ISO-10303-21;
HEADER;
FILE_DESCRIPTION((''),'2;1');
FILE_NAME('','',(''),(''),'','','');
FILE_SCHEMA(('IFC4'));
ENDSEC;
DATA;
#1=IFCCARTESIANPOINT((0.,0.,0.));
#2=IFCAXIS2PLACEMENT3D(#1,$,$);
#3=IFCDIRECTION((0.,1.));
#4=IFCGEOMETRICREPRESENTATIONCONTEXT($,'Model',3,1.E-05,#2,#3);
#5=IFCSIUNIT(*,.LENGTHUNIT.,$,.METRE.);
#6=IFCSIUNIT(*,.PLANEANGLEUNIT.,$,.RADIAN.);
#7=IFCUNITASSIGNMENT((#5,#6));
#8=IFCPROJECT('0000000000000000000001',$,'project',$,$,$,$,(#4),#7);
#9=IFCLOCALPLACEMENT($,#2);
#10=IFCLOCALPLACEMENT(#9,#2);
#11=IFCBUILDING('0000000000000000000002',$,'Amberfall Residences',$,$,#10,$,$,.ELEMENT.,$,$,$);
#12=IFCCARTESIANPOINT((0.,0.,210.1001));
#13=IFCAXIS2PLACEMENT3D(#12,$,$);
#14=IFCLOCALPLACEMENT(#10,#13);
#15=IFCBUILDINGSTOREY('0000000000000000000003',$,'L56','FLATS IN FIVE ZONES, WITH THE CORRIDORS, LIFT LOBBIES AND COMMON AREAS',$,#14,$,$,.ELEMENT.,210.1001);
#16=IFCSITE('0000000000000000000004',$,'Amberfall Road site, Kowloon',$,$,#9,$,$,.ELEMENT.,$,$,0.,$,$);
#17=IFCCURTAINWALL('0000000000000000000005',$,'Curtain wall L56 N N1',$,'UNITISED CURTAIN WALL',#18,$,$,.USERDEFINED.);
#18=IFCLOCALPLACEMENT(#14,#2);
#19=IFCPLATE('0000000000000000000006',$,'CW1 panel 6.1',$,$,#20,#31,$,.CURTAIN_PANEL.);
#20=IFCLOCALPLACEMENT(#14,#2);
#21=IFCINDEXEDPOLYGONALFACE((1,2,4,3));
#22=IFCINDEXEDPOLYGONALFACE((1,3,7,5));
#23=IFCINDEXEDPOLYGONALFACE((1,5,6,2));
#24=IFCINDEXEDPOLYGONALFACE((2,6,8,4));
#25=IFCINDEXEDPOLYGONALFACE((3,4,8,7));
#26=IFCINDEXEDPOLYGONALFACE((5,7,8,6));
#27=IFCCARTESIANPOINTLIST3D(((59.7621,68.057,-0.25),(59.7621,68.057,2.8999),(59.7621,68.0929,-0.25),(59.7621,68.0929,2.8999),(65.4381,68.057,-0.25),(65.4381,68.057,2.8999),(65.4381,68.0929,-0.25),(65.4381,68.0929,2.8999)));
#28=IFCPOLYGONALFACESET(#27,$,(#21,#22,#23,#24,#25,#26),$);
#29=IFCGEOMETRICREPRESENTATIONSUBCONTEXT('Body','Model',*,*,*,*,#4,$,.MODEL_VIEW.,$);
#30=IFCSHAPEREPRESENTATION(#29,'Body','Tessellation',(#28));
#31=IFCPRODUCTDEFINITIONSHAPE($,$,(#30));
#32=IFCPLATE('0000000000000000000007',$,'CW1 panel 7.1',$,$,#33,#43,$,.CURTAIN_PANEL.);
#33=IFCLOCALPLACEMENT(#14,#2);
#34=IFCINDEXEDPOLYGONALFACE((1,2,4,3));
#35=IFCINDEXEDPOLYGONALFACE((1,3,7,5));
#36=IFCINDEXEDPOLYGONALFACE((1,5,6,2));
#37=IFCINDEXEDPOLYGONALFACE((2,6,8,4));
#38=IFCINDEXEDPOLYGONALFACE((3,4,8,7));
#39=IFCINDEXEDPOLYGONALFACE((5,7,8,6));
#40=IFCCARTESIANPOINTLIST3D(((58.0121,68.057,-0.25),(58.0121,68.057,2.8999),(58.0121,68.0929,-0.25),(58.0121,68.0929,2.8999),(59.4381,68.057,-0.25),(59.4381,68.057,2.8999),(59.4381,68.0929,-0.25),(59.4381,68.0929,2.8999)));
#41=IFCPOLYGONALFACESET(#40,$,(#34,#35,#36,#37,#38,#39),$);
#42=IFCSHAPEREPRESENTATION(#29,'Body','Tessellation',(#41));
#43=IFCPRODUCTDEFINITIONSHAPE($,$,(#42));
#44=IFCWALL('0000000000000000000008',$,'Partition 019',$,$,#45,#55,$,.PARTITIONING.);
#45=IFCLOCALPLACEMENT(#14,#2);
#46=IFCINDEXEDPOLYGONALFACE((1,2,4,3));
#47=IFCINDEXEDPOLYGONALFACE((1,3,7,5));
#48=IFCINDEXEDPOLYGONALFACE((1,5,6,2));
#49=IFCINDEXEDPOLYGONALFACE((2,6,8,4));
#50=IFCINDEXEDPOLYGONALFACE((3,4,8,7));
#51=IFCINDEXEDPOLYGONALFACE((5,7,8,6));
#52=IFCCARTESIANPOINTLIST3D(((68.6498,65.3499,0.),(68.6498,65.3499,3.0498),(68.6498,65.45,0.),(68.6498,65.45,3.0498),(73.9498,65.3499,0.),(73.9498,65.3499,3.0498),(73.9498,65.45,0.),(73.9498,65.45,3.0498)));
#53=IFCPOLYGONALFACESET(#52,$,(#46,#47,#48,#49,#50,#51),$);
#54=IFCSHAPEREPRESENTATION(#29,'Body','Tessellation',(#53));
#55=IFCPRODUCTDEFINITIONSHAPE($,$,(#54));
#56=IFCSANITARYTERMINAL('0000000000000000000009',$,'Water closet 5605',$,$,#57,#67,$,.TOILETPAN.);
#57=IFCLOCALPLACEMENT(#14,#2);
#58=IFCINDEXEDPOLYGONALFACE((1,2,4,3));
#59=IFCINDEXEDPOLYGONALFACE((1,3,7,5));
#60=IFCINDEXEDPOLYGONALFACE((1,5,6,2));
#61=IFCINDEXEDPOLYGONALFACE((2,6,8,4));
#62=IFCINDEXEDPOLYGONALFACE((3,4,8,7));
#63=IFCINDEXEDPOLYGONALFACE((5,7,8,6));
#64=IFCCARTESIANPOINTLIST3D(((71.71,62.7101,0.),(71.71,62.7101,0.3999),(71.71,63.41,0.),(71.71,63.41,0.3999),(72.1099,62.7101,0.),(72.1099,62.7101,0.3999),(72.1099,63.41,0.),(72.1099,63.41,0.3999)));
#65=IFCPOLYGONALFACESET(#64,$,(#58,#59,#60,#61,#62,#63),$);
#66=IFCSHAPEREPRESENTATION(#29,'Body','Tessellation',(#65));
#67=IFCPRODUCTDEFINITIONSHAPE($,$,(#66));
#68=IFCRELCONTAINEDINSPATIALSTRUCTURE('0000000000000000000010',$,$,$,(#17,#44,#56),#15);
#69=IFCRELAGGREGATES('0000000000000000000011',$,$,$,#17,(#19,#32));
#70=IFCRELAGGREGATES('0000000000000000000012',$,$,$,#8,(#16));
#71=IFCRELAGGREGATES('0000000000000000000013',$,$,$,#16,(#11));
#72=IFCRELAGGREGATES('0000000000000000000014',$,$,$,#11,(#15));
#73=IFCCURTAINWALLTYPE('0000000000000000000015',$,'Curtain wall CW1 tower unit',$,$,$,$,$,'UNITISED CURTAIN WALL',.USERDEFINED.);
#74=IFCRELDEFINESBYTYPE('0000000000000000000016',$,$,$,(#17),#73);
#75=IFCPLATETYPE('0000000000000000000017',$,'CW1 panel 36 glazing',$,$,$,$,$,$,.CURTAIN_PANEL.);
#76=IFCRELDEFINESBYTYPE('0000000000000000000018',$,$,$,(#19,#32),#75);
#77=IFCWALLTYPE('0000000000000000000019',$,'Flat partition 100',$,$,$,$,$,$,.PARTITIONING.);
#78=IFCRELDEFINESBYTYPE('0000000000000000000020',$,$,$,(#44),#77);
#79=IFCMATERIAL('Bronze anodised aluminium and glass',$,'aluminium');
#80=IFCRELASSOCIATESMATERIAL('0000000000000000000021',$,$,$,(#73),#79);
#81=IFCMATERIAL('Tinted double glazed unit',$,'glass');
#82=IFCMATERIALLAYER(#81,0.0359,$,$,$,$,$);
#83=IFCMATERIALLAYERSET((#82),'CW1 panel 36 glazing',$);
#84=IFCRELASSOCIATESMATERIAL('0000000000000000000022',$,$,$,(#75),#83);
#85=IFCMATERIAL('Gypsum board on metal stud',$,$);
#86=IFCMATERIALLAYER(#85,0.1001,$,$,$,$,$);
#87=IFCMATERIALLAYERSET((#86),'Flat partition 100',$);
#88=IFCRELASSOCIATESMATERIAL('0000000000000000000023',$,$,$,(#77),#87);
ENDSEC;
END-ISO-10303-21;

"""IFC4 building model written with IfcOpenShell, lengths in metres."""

from ifc_helpers import new_model, si_unit, direction, frame, frame_2d, origin, origin_2d, place, context, subcontext, project, spatial, rectangle, extrude, material, layer, layer_set, type_object, element, aggregate, save


model = new_model("IFC4")

# Units and contexts
model_context = context("Model", 3, precision=1e-05, world=origin(), true_north=direction((0.0, 1.0)))
body_context = subcontext(model_context, "Body", "Model", "MODEL_VIEW")
ifc_project = project(units=[si_unit("LENGTHUNIT", "METRE"), si_unit("PLANEANGLEUNIT", "RADIAN")], contexts=[model_context])

# Site, building, storey
site_placement = place(None, origin())
site = spatial("IfcSite", under=ifc_project, at=site_placement, Name="Amberfall Road site, Kowloon", CompositionType="ELEMENT", RefElevation=0.0)
building_placement = place(site_placement, origin())
building = spatial("IfcBuilding", under=site, at=building_placement, Name="Amberfall Residences", CompositionType="ELEMENT")
storey_placement = place(building_placement, frame((0.0, 0.0, 210.1001)))
storey = spatial("IfcBuildingStorey", under=building, at=storey_placement, Name="L56", Description="FLATS IN FIVE ZONES, WITH THE CORRIDORS, LIFT LOBBIES AND COMMON AREAS", CompositionType="ELEMENT", Elevation=210.1001)

# Curtain wall
ifc_material_1 = material(Name="Bronze anodised aluminium and glass", Category="aluminium")
curtain_wall_type = type_object("IfcCurtainWallType", Name="Curtain wall CW1 tower unit", ElementType="UNITISED CURTAIN WALL", PredefinedType="USERDEFINED", material=ifc_material_1)
curtain_wall_placement = place(storey_placement, origin())
curtain_wall = element("IfcCurtainWall", 1, at=curtain_wall_placement, inside=storey, type_object=curtain_wall_type, Name="Curtain wall L56 N N1", ObjectType="UNITISED CURTAIN WALL", PredefinedType="USERDEFINED")

# Plates
ifc_material_2 = material(Name="Tinted double glazed unit", Category="glass")
ifc_layer_1 = layer(ifc_material_2, 0.0359)
ifc_layer_set_1 = layer_set([ifc_layer_1], Name="CW1 panel 36 glazing")
plate_type = type_object("IfcPlateType", Name="CW1 panel 36 glazing", PredefinedType="CURTAIN_PANEL", material=ifc_layer_set_1)
plate_1_placement = place(storey_placement, frame((62.6001, 68.075, -0.25), z_axis=(0.0, 0.0, 1.0), x_axis=(-1.0, 0.0, 0.0)))
plate_1 = element("IfcPlate", 2, at=plate_1_placement, type_object=plate_type, Name="CW1 panel 6.1", PredefinedType="CURTAIN_PANEL", context=body_context, shape_type="SweptSolid", body=[
    extrude(rectangle(XDim=5.676, YDim=0.0359, at=origin_2d()), origin(), (0.0, 0.0, 1.0), 3.1499),
])
plate_2_placement = place(storey_placement, frame((58.7251, 68.075, -0.25), z_axis=(0.0, 0.0, 1.0), x_axis=(-1.0, 0.0, 0.0)))
plate_2 = element("IfcPlate", 3, at=plate_2_placement, type_object=plate_type, Name="CW1 panel 7.1", PredefinedType="CURTAIN_PANEL", context=body_context, shape_type="SweptSolid", body=[
    extrude(rectangle(XDim=1.426, YDim=0.0359, at=origin_2d()), origin(), (0.0, 0.0, 1.0), 3.1499),
])
aggregate(curtain_wall, [plate_1, plate_2])

# Wall
ifc_material_3 = material(Name="Gypsum board on metal stud")
ifc_layer_2 = layer(ifc_material_3, 0.1001)
ifc_layer_set_2 = layer_set([ifc_layer_2], Name="Flat partition 100")
wall_type = type_object("IfcWallType", Name="Flat partition 100", PredefinedType="PARTITIONING", material=ifc_layer_set_2)
wall_placement = place(storey_placement, frame((68.6499, 65.3999, 0.0), z_axis=(0.0, 0.0, 1.0), x_axis=(1.0, 0.0, 0.0)))
element("IfcWall", 4, at=wall_placement, inside=storey, type_object=wall_type, Name="Partition 019", PredefinedType="PARTITIONING", context=body_context, shape_type="SweptSolid", body=[
    extrude(rectangle(XDim=5.3, YDim=0.1001, at=frame_2d((2.6499, 0.0))), origin(), (0.0, 0.0, 1.0), 3.0498),
])

# Sanitary terminal
sanitary_terminal_placement = place(storey_placement, frame((71.9099, 63.0601, 0.0), z_axis=(0.0, 0.0, 1.0), x_axis=(1.0, 0.0, 0.0)))
element("IfcSanitaryTerminal", 5, at=sanitary_terminal_placement, inside=storey, Name="Water closet 5605", PredefinedType="TOILETPAN", context=body_context, shape_type="SweptSolid", body=[
    extrude(rectangle(XDim=0.3999, YDim=0.7, at=origin_2d()), origin(), (0.0, 0.0, 1.0), 0.3999),
])

save(model, "model.ifc")
